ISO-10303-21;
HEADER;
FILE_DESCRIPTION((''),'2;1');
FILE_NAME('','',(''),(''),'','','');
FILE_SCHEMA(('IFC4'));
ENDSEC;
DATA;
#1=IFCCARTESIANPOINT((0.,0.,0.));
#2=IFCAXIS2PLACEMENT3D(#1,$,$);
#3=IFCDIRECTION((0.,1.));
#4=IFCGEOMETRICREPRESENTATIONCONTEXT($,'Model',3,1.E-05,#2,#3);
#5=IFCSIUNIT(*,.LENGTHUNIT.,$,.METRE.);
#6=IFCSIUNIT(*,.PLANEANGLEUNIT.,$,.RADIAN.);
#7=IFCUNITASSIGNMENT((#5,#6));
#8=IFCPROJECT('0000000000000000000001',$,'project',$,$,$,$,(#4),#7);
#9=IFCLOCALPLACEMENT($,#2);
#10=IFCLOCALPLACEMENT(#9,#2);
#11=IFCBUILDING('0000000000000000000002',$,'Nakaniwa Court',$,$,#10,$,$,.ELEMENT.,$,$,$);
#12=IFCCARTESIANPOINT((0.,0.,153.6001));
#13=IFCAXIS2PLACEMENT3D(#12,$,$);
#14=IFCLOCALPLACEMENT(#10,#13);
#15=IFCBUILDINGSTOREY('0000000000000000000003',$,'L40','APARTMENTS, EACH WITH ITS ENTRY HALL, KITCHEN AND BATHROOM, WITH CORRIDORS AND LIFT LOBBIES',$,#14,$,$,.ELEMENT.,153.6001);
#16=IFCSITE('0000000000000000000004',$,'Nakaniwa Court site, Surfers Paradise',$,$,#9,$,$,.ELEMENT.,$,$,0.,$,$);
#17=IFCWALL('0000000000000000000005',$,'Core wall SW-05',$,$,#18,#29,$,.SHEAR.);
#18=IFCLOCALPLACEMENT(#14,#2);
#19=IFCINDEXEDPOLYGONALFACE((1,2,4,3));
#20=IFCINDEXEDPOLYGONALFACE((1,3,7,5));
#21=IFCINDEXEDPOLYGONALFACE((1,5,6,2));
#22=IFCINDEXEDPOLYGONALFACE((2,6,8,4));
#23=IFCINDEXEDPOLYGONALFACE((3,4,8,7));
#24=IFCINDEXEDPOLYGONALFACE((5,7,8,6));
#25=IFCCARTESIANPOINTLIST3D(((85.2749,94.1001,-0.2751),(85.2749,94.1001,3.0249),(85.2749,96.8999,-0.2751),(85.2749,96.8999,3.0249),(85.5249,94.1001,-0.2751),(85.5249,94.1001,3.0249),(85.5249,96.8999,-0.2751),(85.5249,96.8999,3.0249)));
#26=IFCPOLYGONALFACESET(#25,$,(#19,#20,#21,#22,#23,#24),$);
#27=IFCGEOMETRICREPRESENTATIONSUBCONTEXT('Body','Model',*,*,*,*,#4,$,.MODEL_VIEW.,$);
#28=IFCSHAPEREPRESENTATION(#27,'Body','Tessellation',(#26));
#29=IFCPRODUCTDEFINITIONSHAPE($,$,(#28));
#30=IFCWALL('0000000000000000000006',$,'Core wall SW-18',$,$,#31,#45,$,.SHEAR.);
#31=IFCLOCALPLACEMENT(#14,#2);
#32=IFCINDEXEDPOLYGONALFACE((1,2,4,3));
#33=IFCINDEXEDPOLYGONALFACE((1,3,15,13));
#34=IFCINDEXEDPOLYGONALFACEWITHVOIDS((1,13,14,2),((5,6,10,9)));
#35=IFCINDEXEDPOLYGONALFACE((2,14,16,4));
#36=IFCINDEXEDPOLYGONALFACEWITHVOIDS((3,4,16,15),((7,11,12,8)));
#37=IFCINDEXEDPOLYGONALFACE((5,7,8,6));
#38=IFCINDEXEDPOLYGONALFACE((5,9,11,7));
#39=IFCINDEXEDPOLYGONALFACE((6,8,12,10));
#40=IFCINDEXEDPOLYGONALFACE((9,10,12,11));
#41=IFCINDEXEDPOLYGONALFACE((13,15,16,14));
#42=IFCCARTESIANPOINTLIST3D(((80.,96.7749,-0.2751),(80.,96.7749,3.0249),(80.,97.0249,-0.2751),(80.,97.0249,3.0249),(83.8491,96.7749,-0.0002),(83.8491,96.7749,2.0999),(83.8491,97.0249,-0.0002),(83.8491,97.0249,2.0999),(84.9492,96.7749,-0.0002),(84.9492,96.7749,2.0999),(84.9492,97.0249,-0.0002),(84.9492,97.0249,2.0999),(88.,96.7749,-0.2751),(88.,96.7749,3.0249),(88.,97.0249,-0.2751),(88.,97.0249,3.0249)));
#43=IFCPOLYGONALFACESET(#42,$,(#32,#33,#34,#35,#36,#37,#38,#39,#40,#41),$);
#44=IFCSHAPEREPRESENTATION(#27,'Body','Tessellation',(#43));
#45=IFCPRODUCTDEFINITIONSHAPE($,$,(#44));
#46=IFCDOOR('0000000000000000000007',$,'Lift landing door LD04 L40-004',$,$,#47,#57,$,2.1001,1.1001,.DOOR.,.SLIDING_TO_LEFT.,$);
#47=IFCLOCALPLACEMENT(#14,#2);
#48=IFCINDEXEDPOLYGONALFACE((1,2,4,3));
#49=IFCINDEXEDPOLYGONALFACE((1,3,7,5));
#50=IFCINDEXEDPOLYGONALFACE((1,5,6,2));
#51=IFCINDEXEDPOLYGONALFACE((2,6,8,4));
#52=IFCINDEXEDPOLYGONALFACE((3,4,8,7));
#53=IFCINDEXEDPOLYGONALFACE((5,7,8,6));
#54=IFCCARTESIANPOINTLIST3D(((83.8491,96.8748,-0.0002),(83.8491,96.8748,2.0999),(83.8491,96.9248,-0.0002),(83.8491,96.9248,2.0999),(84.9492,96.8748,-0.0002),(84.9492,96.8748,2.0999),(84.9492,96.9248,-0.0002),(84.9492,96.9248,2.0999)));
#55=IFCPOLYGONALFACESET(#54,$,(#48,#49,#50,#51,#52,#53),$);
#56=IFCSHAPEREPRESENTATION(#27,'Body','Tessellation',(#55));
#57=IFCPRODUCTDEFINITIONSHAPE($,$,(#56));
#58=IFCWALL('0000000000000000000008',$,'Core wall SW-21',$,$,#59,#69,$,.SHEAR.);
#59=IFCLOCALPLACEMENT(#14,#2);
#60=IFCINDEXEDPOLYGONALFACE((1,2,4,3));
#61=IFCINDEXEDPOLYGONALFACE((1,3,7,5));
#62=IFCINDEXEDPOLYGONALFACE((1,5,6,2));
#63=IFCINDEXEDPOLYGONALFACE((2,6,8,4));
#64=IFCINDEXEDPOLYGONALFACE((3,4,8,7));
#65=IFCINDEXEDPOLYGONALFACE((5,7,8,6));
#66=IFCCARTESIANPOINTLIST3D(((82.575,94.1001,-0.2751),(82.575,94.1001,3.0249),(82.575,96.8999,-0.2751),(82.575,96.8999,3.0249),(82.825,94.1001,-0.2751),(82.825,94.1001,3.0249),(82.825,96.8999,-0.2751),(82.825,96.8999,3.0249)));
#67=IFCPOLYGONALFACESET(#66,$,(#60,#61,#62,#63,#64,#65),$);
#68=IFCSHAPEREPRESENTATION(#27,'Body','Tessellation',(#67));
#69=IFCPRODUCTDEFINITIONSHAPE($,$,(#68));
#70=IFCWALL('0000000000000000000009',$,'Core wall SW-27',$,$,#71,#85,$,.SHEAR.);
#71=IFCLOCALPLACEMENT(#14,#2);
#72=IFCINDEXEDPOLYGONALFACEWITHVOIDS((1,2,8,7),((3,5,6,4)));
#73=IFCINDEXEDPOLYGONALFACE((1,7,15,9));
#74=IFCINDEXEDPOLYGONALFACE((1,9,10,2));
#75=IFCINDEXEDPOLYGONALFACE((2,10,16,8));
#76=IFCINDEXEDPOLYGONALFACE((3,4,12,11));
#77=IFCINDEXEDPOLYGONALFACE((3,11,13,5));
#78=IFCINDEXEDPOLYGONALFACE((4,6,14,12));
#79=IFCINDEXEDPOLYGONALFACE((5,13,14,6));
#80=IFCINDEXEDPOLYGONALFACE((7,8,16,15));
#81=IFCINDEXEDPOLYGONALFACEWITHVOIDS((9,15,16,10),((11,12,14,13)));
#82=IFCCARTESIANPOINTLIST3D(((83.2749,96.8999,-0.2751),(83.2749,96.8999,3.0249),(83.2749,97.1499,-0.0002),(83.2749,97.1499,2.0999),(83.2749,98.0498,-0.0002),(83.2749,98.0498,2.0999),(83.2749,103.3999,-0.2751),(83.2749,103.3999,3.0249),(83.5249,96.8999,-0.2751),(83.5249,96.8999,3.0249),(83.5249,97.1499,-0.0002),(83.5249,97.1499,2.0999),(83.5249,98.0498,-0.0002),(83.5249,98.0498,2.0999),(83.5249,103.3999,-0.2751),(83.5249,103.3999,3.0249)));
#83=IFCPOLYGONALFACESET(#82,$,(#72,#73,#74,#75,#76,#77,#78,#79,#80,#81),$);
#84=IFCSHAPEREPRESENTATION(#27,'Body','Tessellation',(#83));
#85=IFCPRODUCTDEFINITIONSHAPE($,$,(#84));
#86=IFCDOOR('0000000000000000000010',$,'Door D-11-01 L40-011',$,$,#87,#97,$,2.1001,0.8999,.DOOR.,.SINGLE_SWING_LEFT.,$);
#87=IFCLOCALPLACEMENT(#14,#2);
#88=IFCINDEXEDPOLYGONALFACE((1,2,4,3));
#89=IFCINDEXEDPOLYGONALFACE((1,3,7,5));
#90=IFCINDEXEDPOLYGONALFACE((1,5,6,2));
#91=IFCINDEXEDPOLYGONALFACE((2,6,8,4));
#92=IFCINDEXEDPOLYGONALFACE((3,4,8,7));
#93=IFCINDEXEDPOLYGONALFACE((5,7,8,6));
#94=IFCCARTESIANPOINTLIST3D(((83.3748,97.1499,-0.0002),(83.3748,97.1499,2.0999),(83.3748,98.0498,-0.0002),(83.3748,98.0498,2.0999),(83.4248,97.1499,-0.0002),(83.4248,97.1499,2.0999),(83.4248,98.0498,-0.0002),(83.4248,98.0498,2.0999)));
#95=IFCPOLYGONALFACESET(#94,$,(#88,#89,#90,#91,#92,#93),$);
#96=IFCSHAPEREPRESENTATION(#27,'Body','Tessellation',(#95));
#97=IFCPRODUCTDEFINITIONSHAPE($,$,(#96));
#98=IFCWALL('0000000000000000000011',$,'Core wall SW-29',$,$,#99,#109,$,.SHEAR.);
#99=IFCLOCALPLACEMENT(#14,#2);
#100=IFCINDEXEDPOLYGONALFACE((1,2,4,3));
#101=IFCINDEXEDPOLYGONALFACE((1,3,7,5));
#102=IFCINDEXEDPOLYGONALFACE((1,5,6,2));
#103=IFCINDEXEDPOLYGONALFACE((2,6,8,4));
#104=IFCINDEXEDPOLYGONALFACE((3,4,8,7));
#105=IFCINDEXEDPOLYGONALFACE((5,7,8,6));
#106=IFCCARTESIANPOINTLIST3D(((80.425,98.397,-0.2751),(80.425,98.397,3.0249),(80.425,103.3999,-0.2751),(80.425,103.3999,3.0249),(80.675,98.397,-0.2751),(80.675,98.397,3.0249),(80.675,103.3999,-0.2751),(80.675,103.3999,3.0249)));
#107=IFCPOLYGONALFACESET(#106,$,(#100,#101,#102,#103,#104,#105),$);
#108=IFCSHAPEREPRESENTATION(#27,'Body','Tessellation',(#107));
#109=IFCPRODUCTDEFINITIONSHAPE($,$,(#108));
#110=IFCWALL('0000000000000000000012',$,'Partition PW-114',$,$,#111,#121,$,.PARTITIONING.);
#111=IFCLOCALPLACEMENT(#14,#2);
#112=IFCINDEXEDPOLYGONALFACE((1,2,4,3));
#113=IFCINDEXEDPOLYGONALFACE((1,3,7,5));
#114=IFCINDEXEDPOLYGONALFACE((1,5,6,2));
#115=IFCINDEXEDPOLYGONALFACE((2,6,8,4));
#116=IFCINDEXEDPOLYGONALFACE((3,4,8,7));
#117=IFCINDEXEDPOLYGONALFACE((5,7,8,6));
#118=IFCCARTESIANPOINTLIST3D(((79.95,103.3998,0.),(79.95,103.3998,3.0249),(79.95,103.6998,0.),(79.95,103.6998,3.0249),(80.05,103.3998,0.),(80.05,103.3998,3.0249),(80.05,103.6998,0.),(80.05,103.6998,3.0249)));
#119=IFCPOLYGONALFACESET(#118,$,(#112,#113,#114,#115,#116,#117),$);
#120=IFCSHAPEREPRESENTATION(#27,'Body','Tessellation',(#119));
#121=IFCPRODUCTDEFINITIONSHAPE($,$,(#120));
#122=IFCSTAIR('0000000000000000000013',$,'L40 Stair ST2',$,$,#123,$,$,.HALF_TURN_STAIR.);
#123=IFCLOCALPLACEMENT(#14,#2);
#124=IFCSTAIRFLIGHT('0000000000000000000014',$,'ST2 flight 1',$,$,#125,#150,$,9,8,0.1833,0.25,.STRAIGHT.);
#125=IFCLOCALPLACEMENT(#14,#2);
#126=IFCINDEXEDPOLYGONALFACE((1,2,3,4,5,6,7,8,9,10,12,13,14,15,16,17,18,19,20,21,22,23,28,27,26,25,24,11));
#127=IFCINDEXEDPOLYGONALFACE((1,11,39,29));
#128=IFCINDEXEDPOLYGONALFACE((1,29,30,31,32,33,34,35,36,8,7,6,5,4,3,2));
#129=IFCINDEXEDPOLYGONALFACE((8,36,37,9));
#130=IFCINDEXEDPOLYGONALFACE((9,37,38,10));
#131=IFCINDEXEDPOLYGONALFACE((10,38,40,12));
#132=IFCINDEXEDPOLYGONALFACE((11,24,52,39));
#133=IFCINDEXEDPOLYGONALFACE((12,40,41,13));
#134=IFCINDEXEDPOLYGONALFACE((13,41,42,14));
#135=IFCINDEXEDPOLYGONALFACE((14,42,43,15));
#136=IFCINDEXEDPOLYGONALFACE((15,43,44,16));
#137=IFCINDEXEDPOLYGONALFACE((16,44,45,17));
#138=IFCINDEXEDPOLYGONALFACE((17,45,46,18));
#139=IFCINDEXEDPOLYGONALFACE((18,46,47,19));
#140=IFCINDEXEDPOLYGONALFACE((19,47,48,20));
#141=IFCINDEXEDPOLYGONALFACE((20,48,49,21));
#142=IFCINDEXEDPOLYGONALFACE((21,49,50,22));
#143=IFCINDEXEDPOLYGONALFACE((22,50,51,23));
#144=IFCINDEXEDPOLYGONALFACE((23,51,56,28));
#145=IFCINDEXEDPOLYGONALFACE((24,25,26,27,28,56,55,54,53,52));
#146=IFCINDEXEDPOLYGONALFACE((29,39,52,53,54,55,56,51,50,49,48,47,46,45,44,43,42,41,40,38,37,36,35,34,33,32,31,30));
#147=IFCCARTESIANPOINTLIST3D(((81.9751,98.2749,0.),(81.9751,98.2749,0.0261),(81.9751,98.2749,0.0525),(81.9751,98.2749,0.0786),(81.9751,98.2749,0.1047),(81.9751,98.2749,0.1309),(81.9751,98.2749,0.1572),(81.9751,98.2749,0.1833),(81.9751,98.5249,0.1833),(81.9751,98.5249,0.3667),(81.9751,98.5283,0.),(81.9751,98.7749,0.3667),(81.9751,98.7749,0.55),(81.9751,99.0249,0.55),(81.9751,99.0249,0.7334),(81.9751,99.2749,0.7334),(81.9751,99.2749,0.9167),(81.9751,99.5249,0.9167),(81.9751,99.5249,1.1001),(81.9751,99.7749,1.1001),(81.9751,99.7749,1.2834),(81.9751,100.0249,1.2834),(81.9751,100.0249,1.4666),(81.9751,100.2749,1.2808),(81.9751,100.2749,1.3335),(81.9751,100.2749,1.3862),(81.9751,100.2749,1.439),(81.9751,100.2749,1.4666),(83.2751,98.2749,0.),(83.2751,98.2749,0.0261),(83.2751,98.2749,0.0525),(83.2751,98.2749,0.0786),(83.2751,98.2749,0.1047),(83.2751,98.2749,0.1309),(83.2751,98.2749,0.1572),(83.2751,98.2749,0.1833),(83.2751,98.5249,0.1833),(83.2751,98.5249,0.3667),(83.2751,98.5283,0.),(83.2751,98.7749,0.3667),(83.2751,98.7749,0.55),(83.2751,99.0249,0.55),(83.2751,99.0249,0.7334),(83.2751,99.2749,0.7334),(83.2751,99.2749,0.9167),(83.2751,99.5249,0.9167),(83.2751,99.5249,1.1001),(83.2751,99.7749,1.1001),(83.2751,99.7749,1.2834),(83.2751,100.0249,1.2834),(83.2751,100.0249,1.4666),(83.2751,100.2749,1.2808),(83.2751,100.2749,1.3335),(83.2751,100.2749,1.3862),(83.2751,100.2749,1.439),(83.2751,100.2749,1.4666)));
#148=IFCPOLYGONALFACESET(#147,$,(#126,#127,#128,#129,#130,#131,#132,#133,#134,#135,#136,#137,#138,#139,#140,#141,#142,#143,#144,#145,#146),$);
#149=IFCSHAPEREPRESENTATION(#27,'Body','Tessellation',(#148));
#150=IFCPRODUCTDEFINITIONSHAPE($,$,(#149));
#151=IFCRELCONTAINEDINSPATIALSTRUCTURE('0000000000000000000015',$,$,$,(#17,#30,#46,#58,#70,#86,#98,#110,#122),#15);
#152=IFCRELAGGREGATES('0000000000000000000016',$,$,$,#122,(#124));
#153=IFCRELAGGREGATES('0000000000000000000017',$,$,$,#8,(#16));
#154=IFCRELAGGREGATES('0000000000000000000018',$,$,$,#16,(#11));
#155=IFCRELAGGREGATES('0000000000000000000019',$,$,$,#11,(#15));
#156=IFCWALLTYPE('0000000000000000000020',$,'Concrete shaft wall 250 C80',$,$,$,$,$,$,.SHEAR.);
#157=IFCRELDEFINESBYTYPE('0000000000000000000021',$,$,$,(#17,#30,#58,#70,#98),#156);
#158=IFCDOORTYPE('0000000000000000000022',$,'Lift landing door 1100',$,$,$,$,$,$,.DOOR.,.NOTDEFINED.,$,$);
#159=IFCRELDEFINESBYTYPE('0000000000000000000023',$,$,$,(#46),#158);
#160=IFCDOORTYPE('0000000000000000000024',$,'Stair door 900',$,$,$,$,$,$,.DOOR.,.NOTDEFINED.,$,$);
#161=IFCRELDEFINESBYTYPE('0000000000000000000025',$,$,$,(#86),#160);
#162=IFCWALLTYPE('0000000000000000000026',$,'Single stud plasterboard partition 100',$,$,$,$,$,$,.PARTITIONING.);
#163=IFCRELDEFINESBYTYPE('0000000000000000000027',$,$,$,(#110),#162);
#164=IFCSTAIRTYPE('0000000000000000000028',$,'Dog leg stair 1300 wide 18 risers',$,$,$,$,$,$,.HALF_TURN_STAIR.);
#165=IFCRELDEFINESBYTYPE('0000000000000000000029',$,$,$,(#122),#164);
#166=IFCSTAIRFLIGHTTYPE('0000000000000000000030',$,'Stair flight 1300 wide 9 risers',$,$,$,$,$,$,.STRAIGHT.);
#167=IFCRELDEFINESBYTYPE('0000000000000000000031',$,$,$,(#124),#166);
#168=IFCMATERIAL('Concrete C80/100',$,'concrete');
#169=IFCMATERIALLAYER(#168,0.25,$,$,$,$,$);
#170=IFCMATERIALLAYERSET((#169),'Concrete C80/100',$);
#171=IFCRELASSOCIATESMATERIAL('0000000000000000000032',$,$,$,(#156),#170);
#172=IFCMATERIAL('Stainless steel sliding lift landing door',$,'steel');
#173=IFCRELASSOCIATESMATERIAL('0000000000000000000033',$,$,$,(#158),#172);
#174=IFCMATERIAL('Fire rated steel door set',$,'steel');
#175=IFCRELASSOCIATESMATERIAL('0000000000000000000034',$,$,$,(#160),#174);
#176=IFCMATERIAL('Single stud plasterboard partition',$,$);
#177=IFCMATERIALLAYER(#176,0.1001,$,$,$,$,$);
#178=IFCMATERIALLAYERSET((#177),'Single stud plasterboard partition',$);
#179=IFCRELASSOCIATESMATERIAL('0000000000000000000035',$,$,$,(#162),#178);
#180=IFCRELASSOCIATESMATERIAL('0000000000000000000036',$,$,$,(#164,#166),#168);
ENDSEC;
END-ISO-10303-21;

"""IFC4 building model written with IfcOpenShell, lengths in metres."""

from ifc_helpers import new_model, si_unit, direction, frame, frame_2d, origin, place, context, subcontext, project, spatial, polyline, rectangle, outline, extrude, material, layer, layer_set, type_object, element, fill, aggregate, save


model = new_model("IFC4")

# Units and contexts
model_context = context("Model", 3, precision=1e-05, world=origin(), true_north=direction((0.0, 1.0)))
body_context = subcontext(model_context, "Body", "Model", "MODEL_VIEW")
ifc_project = project(units=[si_unit("LENGTHUNIT", "METRE"), si_unit("PLANEANGLEUNIT", "RADIAN")], contexts=[model_context])

# Site, building, storey
site_placement = place(None, origin())
site = spatial("IfcSite", under=ifc_project, at=site_placement, Name="Nakaniwa Court site, Surfers Paradise", CompositionType="ELEMENT", RefElevation=0.0)
building_placement = place(site_placement, origin())
building = spatial("IfcBuilding", under=site, at=building_placement, Name="Nakaniwa Court", CompositionType="ELEMENT")
storey_placement = place(building_placement, frame((0.0, 0.0, 153.6001)))
storey = spatial("IfcBuildingStorey", under=building, at=storey_placement, Name="L40", Description="APARTMENTS, EACH WITH ITS ENTRY HALL, KITCHEN AND BATHROOM, WITH CORRIDORS AND LIFT LOBBIES", CompositionType="ELEMENT", Elevation=153.6001)

# Shared definitions
ifc_material_1 = material(Name="Fire rated steel door set", Category="steel")

# Shared definitions
ifc_material_2 = material(Name="Concrete C80/100", Category="concrete")

# Wall
ifc_layer_1 = layer(ifc_material_2, 0.25)
ifc_layer_set_1 = layer_set([ifc_layer_1], Name="Concrete C80/100")
wall_type_1 = type_object("IfcWallType", Name="Concrete shaft wall 250 C80", PredefinedType="SHEAR", material=ifc_layer_set_1)
wall_1_placement = place(storey_placement, frame((85.3999, 94.1001, -0.2751), z_axis=(0.0, 0.0, 1.0), x_axis=(0.0, 1.0, 0.0)))
element("IfcWall", 1, at=wall_1_placement, inside=storey, type_object=wall_type_1, Name="Core wall SW-05", PredefinedType="SHEAR", context=body_context, shape_type="SweptSolid", body=[
    extrude(rectangle(XDim=2.7998, YDim=0.25, at=frame_2d((1.3999, 0.0))), origin(), (0.0, 0.0, 1.0), 3.3),
])

# Wall, opening, door
wall_2_placement = place(storey_placement, frame((80.0, 96.8999, -0.2751), z_axis=(0.0, 0.0, 1.0), x_axis=(1.0, 0.0, 0.0)))
wall_2 = element("IfcWall", 2, at=wall_2_placement, inside=storey, type_object=wall_type_1, Name="Core wall SW-18", PredefinedType="SHEAR", context=body_context, shape_type="SweptSolid", body=[
    extrude(rectangle(XDim=8.0, YDim=0.25, at=frame_2d((4.0, 0.0))), origin(), (0.0, 0.0, 1.0), 3.3),
])
opening_1_placement = place(wall_2_placement, frame((3.8491, 0.0, 0.2749)))
opening_1 = element("IfcOpeningElement", 3, at=opening_1_placement, cuts=wall_2, PredefinedType="OPENING", context=body_context, shape_type="SweptSolid", body=[
    extrude(rectangle(XDim=1.1001, YDim=2.1001, at=frame_2d((0.55, 1.05))), frame((0.0, 0.135, 0.0), z_axis=(0.0, -1.0, 0.0), x_axis=(1.0, 0.0, 0.0)), (0.0, 0.0, 1.0), 0.27),
])
ifc_material_3 = material(Name="Stainless steel sliding lift landing door", Category="steel")
door_type_1 = type_object("IfcDoorType", Name="Lift landing door 1100", OperationType="NOTDEFINED", PredefinedType="DOOR", material=ifc_material_3)
door_1_placement = place(opening_1_placement, origin())
door_1 = element("IfcDoor", 4, at=door_1_placement, inside=storey, type_object=door_type_1, Name="Lift landing door LD04 L40-004", OperationType="SLIDING_TO_LEFT", OverallHeight=2.1001, OverallWidth=1.1001, PredefinedType="DOOR", context=body_context, shape_type="SweptSolid", body=[
    extrude(rectangle(XDim=1.1001, YDim=2.1001, at=frame_2d((0.55, 1.05))), frame((0.0, 0.0249, 0.0), z_axis=(0.0, -1.0, 0.0), x_axis=(1.0, 0.0, 0.0)), (0.0, 0.0, 1.0), 0.05),
])
fill(opening_1, door_1)

# Wall
wall_3_placement = place(storey_placement, frame((82.7, 94.1001, -0.2751), z_axis=(0.0, 0.0, 1.0), x_axis=(0.0, 1.0, 0.0)))
element("IfcWall", 5, at=wall_3_placement, inside=storey, type_object=wall_type_1, Name="Core wall SW-21", PredefinedType="SHEAR", context=body_context, shape_type="SweptSolid", body=[
    extrude(rectangle(XDim=2.7998, YDim=0.25, at=frame_2d((1.3999, 0.0))), origin(), (0.0, 0.0, 1.0), 3.3),
])

# Wall, opening, door
wall_4_placement = place(storey_placement, frame((83.3999, 103.3999, -0.2751), z_axis=(0.0, 0.0, 1.0), x_axis=(0.0, -1.0, 0.0)))
wall_4 = element("IfcWall", 6, at=wall_4_placement, inside=storey, type_object=wall_type_1, Name="Core wall SW-27", PredefinedType="SHEAR", context=body_context, shape_type="SweptSolid", body=[
    extrude(rectangle(XDim=6.5, YDim=0.25, at=frame_2d((3.25, 0.0))), origin(), (0.0, 0.0, 1.0), 3.3),
])
opening_2_placement = place(wall_4_placement, frame((5.3501, 0.0, 0.2749)))
opening_2 = element("IfcOpeningElement", 7, at=opening_2_placement, cuts=wall_4, PredefinedType="OPENING", context=body_context, shape_type="SweptSolid", body=[
    extrude(rectangle(XDim=0.8999, YDim=2.1001, at=frame_2d((0.45, 1.05))), frame((0.0, 0.135, 0.0), z_axis=(0.0, -1.0, 0.0), x_axis=(1.0, 0.0, 0.0)), (0.0, 0.0, 1.0), 0.27),
])
door_type_2 = type_object("IfcDoorType", Name="Stair door 900", OperationType="NOTDEFINED", PredefinedType="DOOR", material=ifc_material_1)
door_2_placement = place(opening_2_placement, origin())
door_2 = element("IfcDoor", 8, at=door_2_placement, inside=storey, type_object=door_type_2, Name="Door D-11-01 L40-011", OperationType="SINGLE_SWING_LEFT", OverallHeight=2.1001, OverallWidth=0.8999, PredefinedType="DOOR", context=body_context, shape_type="SweptSolid", body=[
    extrude(rectangle(XDim=0.8999, YDim=2.1001, at=frame_2d((0.45, 1.05))), frame((0.0, 0.0249, 0.0), z_axis=(0.0, -1.0, 0.0), x_axis=(1.0, 0.0, 0.0)), (0.0, 0.0, 1.0), 0.05),
])
fill(opening_2, door_2)

# Walls
wall_5_placement = place(storey_placement, frame((80.55, 98.397, -0.2751), z_axis=(0.0, 0.0, 1.0), x_axis=(0.0, 1.0, 0.0)))
element("IfcWall", 9, at=wall_5_placement, inside=storey, type_object=wall_type_1, Name="Core wall SW-29", PredefinedType="SHEAR", context=body_context, shape_type="SweptSolid", body=[
    extrude(rectangle(XDim=5.0029, YDim=0.25, at=frame_2d((2.5015, 0.0))), origin(), (0.0, 0.0, 1.0), 3.3),
])
ifc_material_4 = material(Name="Single stud plasterboard partition")
ifc_layer_2 = layer(ifc_material_4, 0.1001)
ifc_layer_set_2 = layer_set([ifc_layer_2], Name="Single stud plasterboard partition")
wall_type_2 = type_object("IfcWallType", Name="Single stud plasterboard partition 100", PredefinedType="PARTITIONING", material=ifc_layer_set_2)
wall_6_placement = place(storey_placement, frame((80.0, 103.3999, 0.0), z_axis=(0.0, 0.0, 1.0), x_axis=(0.0, 1.0, 0.0)))
element("IfcWall", 10, at=wall_6_placement, inside=storey, type_object=wall_type_2, Name="Partition PW-114", PredefinedType="PARTITIONING", context=body_context, shape_type="SweptSolid", body=[
    extrude(rectangle(XDim=0.3, YDim=0.1001, at=frame_2d((0.1499, 0.0))), origin(), (0.0, 0.0, 1.0), 3.0249),
])

# Stair, stair flight
stair_type = type_object("IfcStairType", Name="Dog leg stair 1300 wide 18 risers", PredefinedType="HALF_TURN_STAIR", material=ifc_material_2)
stair_placement = place(storey_placement, origin())
stair = element("IfcStair", 11, at=stair_placement, inside=storey, type_object=stair_type, Name="L40 Stair ST2", PredefinedType="HALF_TURN_STAIR")
stair_flight_type = type_object("IfcStairFlightType", Name="Stair flight 1300 wide 9 risers", PredefinedType="STRAIGHT", material=ifc_material_2)
stair_flight_1_placement = place(storey_placement, frame((82.625, 98.2749, 0.0), z_axis=(0.0, 0.0, 1.0), x_axis=(0.0, 1.0, 0.0)))
stair_flight_1 = element("IfcStairFlight", 12, at=stair_flight_1_placement, type_object=stair_flight_type, Name="ST2 flight 1", NumberOfRisers=9, NumberOfTreads=8, PredefinedType="STRAIGHT", RiserHeight=0.1833, TreadLength=0.25, context=body_context, shape_type="SweptSolid", body=[
    extrude(outline(polyline([(0.0, 0.0), (0.0, 0.0261), (0.0, 0.0525), (0.0, 0.0786), (0.0, 0.1047), (0.0, 0.1309), (0.0, 0.1572), (0.0, 0.1833), (0.25, 0.1833), (0.25, 0.3667), (0.5, 0.3667), (0.5, 0.55), (0.75, 0.55), (0.75, 0.7334), (1.0, 0.7334), (1.0, 0.9167), (1.25, 0.9167), (1.25, 1.1001), (1.5, 1.1001), (1.5, 1.2834), (1.75, 1.2834), (1.75, 1.4666), (2.0, 1.4666), (2.0, 1.6499), (2.0, 1.5972), (2.0, 1.5444), (2.0, 1.4917), (2.0, 1.439), (2.0, 1.3862), (2.0, 1.3335), (2.0, 1.2808), (0.2534, 0.0), (0.0, 0.0)])), frame((0.0, 0.6499, 0.0), z_axis=(0.0, -1.0, 0.0), x_axis=(1.0, 0.0, 0.0)), (0.0, 0.0, 1.0), 1.3),
])
aggregate(stair, [stair_flight_1])

save(model, "model.ifc")
